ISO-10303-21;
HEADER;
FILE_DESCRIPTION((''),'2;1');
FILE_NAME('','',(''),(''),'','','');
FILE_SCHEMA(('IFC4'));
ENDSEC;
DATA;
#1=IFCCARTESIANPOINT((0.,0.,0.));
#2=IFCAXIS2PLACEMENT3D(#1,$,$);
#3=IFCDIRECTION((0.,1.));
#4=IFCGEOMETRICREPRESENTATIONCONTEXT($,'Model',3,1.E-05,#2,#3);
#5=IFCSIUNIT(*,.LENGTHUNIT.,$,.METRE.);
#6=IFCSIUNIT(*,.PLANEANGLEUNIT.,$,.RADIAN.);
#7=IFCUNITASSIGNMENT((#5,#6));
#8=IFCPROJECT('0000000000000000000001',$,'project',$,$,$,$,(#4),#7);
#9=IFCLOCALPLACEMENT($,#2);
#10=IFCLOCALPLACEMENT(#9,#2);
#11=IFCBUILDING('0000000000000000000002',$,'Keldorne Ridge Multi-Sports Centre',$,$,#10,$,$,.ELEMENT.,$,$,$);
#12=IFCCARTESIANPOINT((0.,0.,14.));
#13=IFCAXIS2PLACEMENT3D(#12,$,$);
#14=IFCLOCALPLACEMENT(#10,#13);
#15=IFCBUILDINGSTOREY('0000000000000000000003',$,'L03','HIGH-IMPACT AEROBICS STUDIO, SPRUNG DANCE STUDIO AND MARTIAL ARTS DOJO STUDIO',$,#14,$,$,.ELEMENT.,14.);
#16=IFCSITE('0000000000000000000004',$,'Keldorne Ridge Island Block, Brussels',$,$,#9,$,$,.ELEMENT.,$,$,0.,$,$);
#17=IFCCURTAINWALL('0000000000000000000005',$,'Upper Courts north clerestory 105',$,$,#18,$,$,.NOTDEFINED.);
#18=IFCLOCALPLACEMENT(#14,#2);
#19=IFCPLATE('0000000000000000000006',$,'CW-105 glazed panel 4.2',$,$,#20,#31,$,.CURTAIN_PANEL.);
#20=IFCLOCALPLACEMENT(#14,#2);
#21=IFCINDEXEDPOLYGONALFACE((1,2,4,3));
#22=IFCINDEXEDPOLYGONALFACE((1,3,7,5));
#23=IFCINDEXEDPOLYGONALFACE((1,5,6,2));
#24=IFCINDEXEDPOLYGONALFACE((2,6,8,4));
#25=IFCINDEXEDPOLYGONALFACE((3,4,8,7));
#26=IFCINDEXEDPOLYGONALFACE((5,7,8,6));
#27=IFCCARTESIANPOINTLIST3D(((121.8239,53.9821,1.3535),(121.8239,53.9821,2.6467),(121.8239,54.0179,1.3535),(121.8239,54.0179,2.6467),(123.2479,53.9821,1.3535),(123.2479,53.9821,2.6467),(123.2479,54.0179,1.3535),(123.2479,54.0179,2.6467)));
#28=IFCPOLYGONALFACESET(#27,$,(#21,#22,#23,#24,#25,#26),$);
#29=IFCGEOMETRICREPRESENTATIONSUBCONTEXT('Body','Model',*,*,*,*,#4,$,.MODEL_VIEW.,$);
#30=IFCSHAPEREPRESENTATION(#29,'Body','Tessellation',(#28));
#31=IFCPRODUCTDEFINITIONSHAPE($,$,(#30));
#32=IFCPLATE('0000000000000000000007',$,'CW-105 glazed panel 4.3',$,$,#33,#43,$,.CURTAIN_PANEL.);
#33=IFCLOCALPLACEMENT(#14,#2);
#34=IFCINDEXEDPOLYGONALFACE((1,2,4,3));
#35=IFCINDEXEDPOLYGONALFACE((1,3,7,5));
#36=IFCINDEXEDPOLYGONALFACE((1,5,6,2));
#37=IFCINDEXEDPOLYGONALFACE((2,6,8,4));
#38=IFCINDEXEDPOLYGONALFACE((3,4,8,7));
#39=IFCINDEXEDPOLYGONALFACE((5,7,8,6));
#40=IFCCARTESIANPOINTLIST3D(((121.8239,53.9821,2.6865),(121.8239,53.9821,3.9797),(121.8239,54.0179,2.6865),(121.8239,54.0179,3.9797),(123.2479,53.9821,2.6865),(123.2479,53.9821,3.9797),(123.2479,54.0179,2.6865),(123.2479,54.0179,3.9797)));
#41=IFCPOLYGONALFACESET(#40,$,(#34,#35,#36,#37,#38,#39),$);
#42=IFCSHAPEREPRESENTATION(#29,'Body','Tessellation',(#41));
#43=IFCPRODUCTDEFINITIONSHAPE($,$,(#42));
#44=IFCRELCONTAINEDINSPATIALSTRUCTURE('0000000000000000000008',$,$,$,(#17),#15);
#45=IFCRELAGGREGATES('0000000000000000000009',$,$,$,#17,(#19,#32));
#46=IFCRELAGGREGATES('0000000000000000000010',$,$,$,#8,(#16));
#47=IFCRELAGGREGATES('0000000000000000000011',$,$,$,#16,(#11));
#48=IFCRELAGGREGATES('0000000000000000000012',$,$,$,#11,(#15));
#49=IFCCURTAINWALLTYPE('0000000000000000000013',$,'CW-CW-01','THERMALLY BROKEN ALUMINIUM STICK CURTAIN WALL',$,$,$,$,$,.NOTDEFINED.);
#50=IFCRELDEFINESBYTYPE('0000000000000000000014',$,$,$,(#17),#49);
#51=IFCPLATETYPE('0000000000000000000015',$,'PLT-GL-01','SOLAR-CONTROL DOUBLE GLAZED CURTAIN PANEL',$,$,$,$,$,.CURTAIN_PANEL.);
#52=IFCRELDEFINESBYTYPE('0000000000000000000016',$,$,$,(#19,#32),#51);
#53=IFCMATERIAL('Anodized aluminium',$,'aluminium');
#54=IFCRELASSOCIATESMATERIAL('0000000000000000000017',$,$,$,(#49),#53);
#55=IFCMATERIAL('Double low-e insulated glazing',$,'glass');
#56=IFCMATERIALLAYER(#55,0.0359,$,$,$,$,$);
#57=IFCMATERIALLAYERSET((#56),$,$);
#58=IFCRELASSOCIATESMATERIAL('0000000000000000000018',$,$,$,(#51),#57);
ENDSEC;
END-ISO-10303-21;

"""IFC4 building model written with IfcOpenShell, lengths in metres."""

from ifc_helpers import new_model, si_unit, direction, frame, origin, origin_2d, place, context, subcontext, project, spatial, rectangle, extrude, material, layer, layer_set, type_object, element, aggregate, save


model = new_model("IFC4")

# Units and contexts
model_context = context("Model", 3, precision=1e-05, world=origin(), true_north=direction((0.0, 1.0)))
body_context = subcontext(model_context, "Body", "Model", "MODEL_VIEW")
ifc_project = project(units=[si_unit("LENGTHUNIT", "METRE"), si_unit("PLANEANGLEUNIT", "RADIAN")], contexts=[model_context])

# Site, building, storey
site_placement = place(None, origin())
site = spatial("IfcSite", under=ifc_project, at=site_placement, Name="Keldorne Ridge Island Block, Brussels", CompositionType="ELEMENT", RefElevation=0.0)
building_placement = place(site_placement, origin())
building = spatial("IfcBuilding", under=site, at=building_placement, Name="Keldorne Ridge Multi-Sports Centre", CompositionType="ELEMENT")
storey_placement = place(building_placement, frame((0.0, 0.0, 14.0)))
storey = spatial("IfcBuildingStorey", under=building, at=storey_placement, Name="L03", Description="HIGH-IMPACT AEROBICS STUDIO, SPRUNG DANCE STUDIO AND MARTIAL ARTS DOJO STUDIO", CompositionType="ELEMENT", Elevation=14.0)

# Curtain wall, plates
ifc_material_1 = material(Name="Anodized aluminium", Category="aluminium")
curtain_wall_type = type_object("IfcCurtainWallType", Name="CW-CW-01", Description="THERMALLY BROKEN ALUMINIUM STICK CURTAIN WALL", PredefinedType="NOTDEFINED", material=ifc_material_1)
curtain_wall_placement = place(storey_placement, origin())
curtain_wall = element("IfcCurtainWall", 1, at=curtain_wall_placement, inside=storey, type_object=curtain_wall_type, Name="Upper Courts north clerestory 105", PredefinedType="NOTDEFINED")
ifc_material_2 = material(Name="Double low-e insulated glazing", Category="glass")
ifc_layer = layer(ifc_material_2, 0.0359)
ifc_layer_set = layer_set([ifc_layer])
plate_type = type_object("IfcPlateType", Name="PLT-GL-01", Description="SOLAR-CONTROL DOUBLE GLAZED CURTAIN PANEL", PredefinedType="CURTAIN_PANEL", material=ifc_layer_set)
plate_1_placement = place(storey_placement, frame((122.5359, 54.0, 1.3535), z_axis=(0.0, 0.0, 1.0), x_axis=(-1.0, 0.0, 0.0)))
plate_1 = element("IfcPlate", 2, at=plate_1_placement, type_object=plate_type, Name="CW-105 glazed panel 4.2", PredefinedType="CURTAIN_PANEL", context=body_context, shape_type="SweptSolid", body=[
    extrude(rectangle(XDim=1.4241, YDim=0.0359, at=origin_2d()), origin(), (0.0, 0.0, 1.0), 1.2932),
])
plate_2_placement = place(storey_placement, frame((122.5359, 54.0, 2.6865), z_axis=(0.0, 0.0, 1.0), x_axis=(-1.0, 0.0, 0.0)))
plate_2 = element("IfcPlate", 3, at=plate_2_placement, type_object=plate_type, Name="CW-105 glazed panel 4.3", PredefinedType="CURTAIN_PANEL", context=body_context, shape_type="SweptSolid", body=[
    extrude(rectangle(XDim=1.4241, YDim=0.0359, at=origin_2d()), origin(), (0.0, 0.0, 1.0), 1.2932),
])
aggregate(curtain_wall, [plate_1, plate_2])

save(model, "model.ifc")
